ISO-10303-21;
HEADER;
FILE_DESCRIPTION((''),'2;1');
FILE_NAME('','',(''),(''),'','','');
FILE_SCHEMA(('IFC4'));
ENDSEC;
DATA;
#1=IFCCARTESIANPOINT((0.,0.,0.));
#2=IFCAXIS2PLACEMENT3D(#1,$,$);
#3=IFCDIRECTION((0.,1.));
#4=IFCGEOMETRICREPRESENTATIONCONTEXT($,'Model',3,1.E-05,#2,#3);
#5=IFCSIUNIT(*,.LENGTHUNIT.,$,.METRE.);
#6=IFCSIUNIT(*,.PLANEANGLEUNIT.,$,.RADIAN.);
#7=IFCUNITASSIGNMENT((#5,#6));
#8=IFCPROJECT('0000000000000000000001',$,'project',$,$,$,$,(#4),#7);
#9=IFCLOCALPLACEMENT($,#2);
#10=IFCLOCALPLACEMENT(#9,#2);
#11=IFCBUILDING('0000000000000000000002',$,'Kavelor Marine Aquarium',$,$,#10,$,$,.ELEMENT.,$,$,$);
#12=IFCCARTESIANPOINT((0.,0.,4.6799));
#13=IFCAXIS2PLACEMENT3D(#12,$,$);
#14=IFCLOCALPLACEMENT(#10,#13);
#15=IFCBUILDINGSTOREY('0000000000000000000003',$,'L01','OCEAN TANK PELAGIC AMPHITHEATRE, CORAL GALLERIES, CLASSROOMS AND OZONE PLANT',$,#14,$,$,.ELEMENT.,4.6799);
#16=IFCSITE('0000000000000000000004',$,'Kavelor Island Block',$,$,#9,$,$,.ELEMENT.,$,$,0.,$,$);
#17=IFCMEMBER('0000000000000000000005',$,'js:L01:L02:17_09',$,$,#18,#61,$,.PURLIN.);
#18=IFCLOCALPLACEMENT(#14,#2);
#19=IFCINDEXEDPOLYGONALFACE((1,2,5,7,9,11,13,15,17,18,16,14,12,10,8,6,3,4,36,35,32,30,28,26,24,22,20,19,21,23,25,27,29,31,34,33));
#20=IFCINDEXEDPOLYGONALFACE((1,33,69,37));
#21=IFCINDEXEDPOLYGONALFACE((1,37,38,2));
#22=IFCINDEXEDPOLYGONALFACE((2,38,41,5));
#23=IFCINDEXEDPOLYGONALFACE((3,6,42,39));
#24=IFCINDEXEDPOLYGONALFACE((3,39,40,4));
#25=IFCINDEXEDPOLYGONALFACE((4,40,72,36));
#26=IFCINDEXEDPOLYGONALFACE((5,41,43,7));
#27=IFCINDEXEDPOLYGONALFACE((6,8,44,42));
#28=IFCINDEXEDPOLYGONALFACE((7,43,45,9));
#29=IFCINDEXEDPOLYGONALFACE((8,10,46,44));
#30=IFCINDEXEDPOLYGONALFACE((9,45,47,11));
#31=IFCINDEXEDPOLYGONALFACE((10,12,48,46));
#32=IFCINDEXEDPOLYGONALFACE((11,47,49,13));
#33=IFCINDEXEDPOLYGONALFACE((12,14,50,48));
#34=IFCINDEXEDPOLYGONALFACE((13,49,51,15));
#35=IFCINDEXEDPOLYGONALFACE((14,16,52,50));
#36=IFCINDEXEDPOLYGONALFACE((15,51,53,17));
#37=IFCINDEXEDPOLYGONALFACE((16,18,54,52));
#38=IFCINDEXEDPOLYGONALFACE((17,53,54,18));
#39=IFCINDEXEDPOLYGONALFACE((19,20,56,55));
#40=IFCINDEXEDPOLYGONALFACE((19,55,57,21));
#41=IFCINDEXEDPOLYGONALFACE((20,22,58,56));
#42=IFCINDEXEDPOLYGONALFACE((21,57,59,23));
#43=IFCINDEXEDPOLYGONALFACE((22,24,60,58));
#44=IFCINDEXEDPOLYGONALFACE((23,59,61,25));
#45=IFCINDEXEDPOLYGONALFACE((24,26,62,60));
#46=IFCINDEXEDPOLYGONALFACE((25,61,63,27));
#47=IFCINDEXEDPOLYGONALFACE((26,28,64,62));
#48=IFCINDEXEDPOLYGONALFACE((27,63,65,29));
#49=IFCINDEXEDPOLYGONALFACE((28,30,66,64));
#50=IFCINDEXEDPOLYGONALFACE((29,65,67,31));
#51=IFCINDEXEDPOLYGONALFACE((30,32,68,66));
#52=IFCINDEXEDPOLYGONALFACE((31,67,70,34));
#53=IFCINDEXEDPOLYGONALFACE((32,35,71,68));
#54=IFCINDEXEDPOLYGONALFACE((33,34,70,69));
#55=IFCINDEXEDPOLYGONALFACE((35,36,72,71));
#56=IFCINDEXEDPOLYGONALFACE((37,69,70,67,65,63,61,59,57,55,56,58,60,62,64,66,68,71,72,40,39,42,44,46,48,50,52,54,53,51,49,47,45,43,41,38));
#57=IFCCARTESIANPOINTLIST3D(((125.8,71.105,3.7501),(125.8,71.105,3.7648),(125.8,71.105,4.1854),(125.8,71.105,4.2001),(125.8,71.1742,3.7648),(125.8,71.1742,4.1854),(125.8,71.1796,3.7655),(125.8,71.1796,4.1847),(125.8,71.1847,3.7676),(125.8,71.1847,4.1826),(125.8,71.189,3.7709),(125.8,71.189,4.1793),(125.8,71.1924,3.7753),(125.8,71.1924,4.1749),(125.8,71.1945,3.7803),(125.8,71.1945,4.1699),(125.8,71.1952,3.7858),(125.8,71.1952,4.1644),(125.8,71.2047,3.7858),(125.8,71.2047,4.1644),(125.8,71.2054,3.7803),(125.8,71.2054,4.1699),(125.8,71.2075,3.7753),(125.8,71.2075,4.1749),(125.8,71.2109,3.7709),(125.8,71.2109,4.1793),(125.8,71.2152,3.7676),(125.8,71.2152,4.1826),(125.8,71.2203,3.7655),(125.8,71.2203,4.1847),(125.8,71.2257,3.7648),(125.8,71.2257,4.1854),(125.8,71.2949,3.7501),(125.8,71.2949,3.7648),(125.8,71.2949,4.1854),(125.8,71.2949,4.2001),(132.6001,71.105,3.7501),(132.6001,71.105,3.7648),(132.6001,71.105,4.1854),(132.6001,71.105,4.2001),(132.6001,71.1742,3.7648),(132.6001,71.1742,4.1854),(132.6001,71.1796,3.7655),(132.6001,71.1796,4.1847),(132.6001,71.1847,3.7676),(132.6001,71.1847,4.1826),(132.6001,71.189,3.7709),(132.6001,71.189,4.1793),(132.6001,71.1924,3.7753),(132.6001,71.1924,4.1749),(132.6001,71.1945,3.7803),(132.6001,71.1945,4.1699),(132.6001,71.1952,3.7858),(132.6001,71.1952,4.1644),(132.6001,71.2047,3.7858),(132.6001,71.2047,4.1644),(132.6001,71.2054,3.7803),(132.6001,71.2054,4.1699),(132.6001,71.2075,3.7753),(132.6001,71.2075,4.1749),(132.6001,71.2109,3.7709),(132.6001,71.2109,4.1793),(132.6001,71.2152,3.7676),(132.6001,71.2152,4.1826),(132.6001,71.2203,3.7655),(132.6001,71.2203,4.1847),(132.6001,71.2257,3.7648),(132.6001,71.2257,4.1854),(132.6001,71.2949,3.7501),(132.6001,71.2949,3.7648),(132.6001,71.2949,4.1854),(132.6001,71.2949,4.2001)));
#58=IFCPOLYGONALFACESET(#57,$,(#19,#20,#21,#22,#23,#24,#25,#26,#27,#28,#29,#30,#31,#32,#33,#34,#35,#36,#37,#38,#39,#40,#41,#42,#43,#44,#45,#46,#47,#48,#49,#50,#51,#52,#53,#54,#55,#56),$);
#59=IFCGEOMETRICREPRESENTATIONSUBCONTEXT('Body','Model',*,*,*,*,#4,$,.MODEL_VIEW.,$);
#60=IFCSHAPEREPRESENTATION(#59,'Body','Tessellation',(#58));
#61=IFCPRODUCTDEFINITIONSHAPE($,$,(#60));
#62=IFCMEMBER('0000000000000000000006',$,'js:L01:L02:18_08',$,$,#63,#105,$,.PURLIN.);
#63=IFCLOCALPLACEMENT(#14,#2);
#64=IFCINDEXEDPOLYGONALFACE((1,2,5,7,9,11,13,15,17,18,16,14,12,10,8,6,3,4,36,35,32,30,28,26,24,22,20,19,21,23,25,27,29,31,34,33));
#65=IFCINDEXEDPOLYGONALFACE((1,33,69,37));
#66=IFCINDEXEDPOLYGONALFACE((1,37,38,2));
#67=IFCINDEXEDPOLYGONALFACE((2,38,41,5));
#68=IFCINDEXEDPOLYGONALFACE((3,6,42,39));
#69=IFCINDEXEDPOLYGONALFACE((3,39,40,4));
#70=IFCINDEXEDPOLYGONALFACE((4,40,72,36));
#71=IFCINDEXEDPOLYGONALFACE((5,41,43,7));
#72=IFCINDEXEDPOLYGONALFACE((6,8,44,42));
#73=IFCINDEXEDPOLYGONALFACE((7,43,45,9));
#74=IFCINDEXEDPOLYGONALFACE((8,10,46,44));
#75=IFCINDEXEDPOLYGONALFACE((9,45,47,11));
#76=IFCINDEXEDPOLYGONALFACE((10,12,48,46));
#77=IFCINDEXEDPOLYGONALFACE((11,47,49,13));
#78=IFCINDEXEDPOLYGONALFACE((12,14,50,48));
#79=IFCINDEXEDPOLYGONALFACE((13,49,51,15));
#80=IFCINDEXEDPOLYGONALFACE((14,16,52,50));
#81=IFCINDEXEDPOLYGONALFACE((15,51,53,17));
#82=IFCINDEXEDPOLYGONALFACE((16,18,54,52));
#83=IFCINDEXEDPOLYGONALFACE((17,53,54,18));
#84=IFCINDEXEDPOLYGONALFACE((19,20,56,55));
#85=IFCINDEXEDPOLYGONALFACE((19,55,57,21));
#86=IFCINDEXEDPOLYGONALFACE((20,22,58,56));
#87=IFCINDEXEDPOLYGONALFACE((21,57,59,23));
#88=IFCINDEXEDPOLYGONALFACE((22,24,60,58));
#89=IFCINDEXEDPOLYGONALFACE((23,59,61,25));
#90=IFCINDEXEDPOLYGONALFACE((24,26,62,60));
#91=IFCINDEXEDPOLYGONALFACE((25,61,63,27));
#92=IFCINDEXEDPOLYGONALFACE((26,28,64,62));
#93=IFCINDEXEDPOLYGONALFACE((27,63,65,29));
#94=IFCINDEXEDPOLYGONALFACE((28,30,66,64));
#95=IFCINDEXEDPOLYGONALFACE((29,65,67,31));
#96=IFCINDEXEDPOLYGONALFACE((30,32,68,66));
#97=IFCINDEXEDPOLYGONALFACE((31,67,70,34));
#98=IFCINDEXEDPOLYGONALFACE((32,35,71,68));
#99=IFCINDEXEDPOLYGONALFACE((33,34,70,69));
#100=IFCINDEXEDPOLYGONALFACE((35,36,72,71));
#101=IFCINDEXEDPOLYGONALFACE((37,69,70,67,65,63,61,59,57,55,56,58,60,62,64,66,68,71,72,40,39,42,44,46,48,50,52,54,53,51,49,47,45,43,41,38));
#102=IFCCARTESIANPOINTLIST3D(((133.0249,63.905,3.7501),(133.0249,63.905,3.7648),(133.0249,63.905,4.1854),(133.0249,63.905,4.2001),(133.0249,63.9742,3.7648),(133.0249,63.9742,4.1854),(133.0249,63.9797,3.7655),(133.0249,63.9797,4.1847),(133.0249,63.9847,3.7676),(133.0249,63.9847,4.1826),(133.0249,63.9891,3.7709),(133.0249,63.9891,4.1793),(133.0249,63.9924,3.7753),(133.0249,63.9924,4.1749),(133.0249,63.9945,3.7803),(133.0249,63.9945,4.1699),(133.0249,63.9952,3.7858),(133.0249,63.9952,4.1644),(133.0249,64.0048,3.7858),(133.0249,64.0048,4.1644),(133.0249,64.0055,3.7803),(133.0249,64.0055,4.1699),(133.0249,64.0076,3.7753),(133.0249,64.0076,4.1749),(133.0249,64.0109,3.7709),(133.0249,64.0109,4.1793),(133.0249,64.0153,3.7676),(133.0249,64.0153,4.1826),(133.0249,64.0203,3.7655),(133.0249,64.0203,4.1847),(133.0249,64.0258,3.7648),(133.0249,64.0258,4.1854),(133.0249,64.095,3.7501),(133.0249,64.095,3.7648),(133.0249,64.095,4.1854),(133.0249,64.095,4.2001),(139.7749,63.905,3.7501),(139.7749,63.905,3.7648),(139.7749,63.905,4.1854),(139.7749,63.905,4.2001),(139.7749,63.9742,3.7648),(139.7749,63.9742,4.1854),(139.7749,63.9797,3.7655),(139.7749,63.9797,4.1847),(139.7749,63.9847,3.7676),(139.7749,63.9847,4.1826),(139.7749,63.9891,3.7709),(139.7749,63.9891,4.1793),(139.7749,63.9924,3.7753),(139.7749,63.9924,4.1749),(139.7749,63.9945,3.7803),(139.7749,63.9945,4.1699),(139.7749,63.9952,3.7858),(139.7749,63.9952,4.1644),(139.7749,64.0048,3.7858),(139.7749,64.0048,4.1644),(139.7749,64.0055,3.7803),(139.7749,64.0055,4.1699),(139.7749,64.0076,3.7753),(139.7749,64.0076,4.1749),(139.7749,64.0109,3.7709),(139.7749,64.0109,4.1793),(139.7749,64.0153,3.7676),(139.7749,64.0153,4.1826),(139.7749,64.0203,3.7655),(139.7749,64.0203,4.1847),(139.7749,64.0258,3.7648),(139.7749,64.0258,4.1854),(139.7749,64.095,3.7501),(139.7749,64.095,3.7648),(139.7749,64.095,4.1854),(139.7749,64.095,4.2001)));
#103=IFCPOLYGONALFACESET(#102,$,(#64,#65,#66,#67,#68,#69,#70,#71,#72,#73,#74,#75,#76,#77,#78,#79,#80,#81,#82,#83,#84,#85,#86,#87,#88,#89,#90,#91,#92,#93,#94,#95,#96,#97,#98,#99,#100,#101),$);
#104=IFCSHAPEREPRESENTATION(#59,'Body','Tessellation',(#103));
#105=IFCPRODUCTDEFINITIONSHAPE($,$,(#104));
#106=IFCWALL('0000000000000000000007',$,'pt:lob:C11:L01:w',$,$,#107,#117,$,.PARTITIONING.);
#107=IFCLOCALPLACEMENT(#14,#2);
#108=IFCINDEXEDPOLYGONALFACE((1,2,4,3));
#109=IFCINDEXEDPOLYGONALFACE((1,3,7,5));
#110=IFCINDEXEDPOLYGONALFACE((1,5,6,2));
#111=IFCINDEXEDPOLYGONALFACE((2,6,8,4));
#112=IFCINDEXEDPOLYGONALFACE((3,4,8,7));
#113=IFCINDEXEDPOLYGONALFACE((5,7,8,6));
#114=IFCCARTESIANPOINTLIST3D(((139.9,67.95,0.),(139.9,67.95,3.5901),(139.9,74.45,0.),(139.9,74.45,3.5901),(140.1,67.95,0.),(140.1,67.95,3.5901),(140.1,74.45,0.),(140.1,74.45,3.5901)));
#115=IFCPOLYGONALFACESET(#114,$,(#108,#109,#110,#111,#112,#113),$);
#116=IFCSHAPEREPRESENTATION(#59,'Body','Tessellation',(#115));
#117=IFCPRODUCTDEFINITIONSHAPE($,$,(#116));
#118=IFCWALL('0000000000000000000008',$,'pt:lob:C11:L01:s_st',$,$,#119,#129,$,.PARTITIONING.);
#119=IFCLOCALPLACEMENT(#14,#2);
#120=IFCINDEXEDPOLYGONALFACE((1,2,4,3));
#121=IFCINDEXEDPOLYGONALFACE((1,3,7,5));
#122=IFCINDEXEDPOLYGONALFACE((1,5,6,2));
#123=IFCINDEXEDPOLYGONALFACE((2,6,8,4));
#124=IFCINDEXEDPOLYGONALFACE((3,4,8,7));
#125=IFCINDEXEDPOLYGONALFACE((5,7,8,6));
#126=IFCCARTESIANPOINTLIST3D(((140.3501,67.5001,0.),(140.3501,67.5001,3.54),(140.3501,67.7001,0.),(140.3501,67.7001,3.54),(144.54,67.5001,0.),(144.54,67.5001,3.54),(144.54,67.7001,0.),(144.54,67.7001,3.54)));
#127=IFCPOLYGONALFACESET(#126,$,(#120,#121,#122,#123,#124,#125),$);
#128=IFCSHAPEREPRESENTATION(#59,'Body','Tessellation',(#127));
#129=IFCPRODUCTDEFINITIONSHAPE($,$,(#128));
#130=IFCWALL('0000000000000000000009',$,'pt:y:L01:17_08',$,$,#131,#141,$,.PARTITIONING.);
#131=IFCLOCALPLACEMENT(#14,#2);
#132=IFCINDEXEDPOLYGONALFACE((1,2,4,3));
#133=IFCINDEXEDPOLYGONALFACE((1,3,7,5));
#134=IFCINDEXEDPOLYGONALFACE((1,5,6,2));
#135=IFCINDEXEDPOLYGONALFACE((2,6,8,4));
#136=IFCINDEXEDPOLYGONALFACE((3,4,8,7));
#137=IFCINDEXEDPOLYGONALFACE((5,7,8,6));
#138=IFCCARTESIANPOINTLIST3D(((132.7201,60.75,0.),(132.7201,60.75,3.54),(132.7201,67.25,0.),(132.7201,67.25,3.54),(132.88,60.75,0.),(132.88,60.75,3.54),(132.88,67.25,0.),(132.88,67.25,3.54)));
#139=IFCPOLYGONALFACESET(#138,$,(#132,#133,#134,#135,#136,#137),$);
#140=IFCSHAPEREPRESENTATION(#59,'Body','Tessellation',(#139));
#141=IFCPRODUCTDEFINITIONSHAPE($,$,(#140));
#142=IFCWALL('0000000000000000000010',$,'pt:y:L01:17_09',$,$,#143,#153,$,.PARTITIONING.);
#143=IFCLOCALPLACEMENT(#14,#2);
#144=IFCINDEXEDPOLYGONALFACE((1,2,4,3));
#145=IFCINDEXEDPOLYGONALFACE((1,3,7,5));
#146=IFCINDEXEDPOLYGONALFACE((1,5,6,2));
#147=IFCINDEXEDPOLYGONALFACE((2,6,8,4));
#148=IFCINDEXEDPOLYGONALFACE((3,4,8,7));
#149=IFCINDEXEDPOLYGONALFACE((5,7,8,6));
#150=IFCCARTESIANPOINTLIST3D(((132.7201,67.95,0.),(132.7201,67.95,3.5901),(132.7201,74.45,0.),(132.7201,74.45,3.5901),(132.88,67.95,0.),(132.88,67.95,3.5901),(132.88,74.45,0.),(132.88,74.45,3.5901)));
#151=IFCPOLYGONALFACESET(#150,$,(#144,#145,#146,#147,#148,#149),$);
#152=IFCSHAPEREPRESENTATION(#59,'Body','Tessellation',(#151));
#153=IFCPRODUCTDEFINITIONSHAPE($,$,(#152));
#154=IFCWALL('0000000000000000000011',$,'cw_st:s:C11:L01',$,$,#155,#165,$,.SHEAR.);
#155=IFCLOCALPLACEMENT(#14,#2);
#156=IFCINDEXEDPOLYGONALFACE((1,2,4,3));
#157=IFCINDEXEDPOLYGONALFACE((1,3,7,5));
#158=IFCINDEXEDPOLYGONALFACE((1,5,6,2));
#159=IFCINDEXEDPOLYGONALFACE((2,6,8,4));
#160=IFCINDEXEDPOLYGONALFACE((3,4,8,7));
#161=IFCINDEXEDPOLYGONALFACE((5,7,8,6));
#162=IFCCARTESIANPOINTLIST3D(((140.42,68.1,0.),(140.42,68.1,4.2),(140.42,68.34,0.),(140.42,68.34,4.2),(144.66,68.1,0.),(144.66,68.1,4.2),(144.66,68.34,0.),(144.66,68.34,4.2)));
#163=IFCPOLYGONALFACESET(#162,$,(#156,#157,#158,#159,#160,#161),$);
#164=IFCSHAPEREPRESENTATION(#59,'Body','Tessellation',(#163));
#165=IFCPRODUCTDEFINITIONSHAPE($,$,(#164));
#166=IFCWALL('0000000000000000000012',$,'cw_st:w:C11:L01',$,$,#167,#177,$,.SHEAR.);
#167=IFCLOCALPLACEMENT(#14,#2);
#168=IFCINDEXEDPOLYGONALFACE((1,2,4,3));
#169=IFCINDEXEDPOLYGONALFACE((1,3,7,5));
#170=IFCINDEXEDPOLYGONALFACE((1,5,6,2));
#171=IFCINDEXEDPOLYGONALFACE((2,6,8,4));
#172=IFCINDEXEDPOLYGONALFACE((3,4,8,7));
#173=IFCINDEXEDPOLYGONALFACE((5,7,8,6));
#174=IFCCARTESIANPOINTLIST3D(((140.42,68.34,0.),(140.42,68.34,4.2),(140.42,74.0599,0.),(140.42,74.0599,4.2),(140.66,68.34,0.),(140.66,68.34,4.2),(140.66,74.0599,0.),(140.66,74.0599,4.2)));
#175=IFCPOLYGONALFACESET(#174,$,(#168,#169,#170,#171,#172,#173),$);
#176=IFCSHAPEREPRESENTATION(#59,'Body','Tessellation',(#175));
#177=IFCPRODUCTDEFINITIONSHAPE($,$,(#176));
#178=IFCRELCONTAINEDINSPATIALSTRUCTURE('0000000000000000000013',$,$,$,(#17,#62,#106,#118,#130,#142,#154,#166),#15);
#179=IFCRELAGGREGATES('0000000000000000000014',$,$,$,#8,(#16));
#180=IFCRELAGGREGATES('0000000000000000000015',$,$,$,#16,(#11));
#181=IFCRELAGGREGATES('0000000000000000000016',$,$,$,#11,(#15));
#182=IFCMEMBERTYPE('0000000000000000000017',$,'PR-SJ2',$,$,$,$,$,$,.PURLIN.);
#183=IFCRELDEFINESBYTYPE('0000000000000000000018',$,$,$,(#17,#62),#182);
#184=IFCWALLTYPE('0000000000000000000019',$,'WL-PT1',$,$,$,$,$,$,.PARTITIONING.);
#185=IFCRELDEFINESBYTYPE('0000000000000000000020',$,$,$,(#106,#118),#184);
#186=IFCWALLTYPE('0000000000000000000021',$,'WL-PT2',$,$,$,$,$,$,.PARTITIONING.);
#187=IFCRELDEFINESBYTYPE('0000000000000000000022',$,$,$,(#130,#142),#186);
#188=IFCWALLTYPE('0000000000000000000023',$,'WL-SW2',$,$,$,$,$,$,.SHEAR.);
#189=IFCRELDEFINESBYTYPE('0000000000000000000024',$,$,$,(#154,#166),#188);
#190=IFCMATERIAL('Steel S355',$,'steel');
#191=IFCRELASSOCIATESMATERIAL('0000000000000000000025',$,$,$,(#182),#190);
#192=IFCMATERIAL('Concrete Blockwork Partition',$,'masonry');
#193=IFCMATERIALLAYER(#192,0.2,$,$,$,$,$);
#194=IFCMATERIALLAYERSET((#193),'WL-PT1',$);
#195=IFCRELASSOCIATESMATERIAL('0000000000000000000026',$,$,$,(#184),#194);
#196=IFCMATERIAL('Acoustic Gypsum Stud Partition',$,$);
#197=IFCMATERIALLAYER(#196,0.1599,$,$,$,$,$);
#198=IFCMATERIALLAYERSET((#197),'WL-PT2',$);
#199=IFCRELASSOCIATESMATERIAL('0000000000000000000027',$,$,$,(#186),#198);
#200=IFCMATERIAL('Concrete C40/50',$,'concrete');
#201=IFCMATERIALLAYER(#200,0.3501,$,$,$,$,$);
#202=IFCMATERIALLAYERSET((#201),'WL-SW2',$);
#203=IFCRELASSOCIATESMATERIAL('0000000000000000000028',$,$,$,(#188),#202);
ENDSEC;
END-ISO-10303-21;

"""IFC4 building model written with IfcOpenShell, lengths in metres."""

from ifc_helpers import new_model, si_unit, direction, frame, frame_2d, origin, origin_2d, place, context, subcontext, project, spatial, rectangle, i_section, extrude, material, layer, layer_set, material_profile, profile_set, type_object, element, save


model = new_model("IFC4")

# Units and contexts
model_context = context("Model", 3, precision=1e-05, world=origin(), true_north=direction((0.0, 1.0)))
body_context = subcontext(model_context, "Body", "Model", "MODEL_VIEW")
ifc_project = project(units=[si_unit("LENGTHUNIT", "METRE"), si_unit("PLANEANGLEUNIT", "RADIAN")], contexts=[model_context])

# Site, building, storey
site_placement = place(None, origin())
site = spatial("IfcSite", under=ifc_project, at=site_placement, Name="Kavelor Island Block", CompositionType="ELEMENT", RefElevation=0.0)
building_placement = place(site_placement, origin())
building = spatial("IfcBuilding", under=site, at=building_placement, Name="Kavelor Marine Aquarium", CompositionType="ELEMENT")
storey_placement = place(building_placement, frame((0.0, 0.0, 4.6799)))
storey = spatial("IfcBuildingStorey", under=building, at=storey_placement, Name="L01", Description="OCEAN TANK PELAGIC AMPHITHEATRE, CORAL GALLERIES, CLASSROOMS AND OZONE PLANT", CompositionType="ELEMENT", Elevation=4.6799)

# Members
ifc_material_1 = material(Name="Steel S355", Category="steel")
ifc_material_profile_1 = material_profile(ifc_material_1, i_section(OverallWidth=0.1899, OverallDepth=0.45, WebThickness=0.0095, FlangeThickness=0.0146, FilletRadius=0.021, at=origin_2d()), Name="IPE 450")
ifc_profile_set_1 = profile_set([ifc_material_profile_1], Name="Steel S355")
member_type = type_object("IfcMemberType", Name="PR-SJ2", PredefinedType="PURLIN", material=ifc_profile_set_1)
member_1_placement = place(storey_placement, frame((125.8, 71.2, 3.9751), z_axis=(1.0, 0.0, 0.0), x_axis=(0.0, 1.0, 0.0)))
element("IfcMember", 1, at=member_1_placement, inside=storey, type_object=member_type, Name="js:L01:L02:17_09", PredefinedType="PURLIN", context=body_context, shape_type="SweptSolid", body=[
    extrude(i_section(OverallWidth=0.1899, OverallDepth=0.45, WebThickness=0.0095, FlangeThickness=0.0146, FilletRadius=0.021, at=origin_2d()), origin(), (0.0, 0.0, 1.0), 6.8),
])
member_2_placement = place(storey_placement, frame((133.0249, 64.0, 3.9751), z_axis=(1.0, 0.0, 0.0), x_axis=(0.0, 1.0, 0.0)))
element("IfcMember", 2, at=member_2_placement, inside=storey, type_object=member_type, Name="js:L01:L02:18_08", PredefinedType="PURLIN", context=body_context, shape_type="SweptSolid", body=[
    extrude(i_section(OverallWidth=0.1899, OverallDepth=0.45, WebThickness=0.0095, FlangeThickness=0.0146, FilletRadius=0.021, at=origin_2d()), origin(), (0.0, 0.0, 1.0), 6.75),
])

# Walls
ifc_material_2 = material(Name="Concrete Blockwork Partition", Category="masonry")
ifc_layer_1 = layer(ifc_material_2, 0.2)
ifc_layer_set_1 = layer_set([ifc_layer_1], Name="WL-PT1")
wall_type_1 = type_object("IfcWallType", Name="WL-PT1", PredefinedType="PARTITIONING", material=ifc_layer_set_1)
wall_1_placement = place(storey_placement, frame((140.0, 67.95, 0.0), z_axis=(0.0, 0.0, 1.0), x_axis=(0.0, 1.0, 0.0)))
element("IfcWall", 3, at=wall_1_placement, inside=storey, type_object=wall_type_1, Name="pt:lob:C11:L01:w", PredefinedType="PARTITIONING", context=body_context, shape_type="SweptSolid", body=[
    extrude(rectangle(XDim=6.5, YDim=0.2, at=frame_2d((3.25, 0.0))), origin(), (0.0, 0.0, 1.0), 3.5901),
])
wall_2_placement = place(storey_placement, frame((140.3501, 67.6001, 0.0), z_axis=(0.0, 0.0, 1.0), x_axis=(1.0, 0.0, 0.0)))
element("IfcWall", 4, at=wall_2_placement, inside=storey, type_object=wall_type_1, Name="pt:lob:C11:L01:s_st", PredefinedType="PARTITIONING", context=body_context, shape_type="SweptSolid", body=[
    extrude(rectangle(XDim=4.1899, YDim=0.2, at=frame_2d((2.095, 0.0))), origin(), (0.0, 0.0, 1.0), 3.54),
])
ifc_material_3 = material(Name="Acoustic Gypsum Stud Partition")
ifc_layer_2 = layer(ifc_material_3, 0.1599)
ifc_layer_set_2 = layer_set([ifc_layer_2], Name="WL-PT2")
wall_type_2 = type_object("IfcWallType", Name="WL-PT2", PredefinedType="PARTITIONING", material=ifc_layer_set_2)
wall_3_placement = place(storey_placement, frame((132.8, 60.75, 0.0), z_axis=(0.0, 0.0, 1.0), x_axis=(0.0, 1.0, 0.0)))
element("IfcWall", 5, at=wall_3_placement, inside=storey, type_object=wall_type_2, Name="pt:y:L01:17_08", PredefinedType="PARTITIONING", context=body_context, shape_type="SweptSolid", body=[
    extrude(rectangle(XDim=6.5, YDim=0.1599, at=frame_2d((3.25, 0.0))), origin(), (0.0, 0.0, 1.0), 3.54),
])
wall_4_placement = place(storey_placement, frame((132.8, 67.95, 0.0), z_axis=(0.0, 0.0, 1.0), x_axis=(0.0, 1.0, 0.0)))
element("IfcWall", 6, at=wall_4_placement, inside=storey, type_object=wall_type_2, Name="pt:y:L01:17_09", PredefinedType="PARTITIONING", context=body_context, shape_type="SweptSolid", body=[
    extrude(rectangle(XDim=6.5, YDim=0.1599, at=frame_2d((3.25, 0.0))), origin(), (0.0, 0.0, 1.0), 3.5901),
])
ifc_material_4 = material(Name="Concrete C40/50", Category="concrete")
ifc_layer_3 = layer(ifc_material_4, 0.3501)
ifc_layer_set_3 = layer_set([ifc_layer_3], Name="WL-SW2")
wall_type_3 = type_object("IfcWallType", Name="WL-SW2", PredefinedType="SHEAR", material=ifc_layer_set_3)
wall_5_placement = place(storey_placement, frame((140.4199, 68.22, 0.0), z_axis=(0.0, 0.0, 1.0), x_axis=(1.0, 0.0, 0.0)))
element("IfcWall", 7, at=wall_5_placement, inside=storey, type_object=wall_type_3, Name="cw_st:s:C11:L01", PredefinedType="SHEAR", context=body_context, shape_type="SweptSolid", body=[
    extrude(rectangle(XDim=4.24, YDim=0.24, at=frame_2d((2.1201, 0.0))), origin(), (0.0, 0.0, 1.0), 4.2),
])
wall_6_placement = place(storey_placement, frame((140.54, 68.3401, 0.0), z_axis=(0.0, 0.0, 1.0), x_axis=(0.0, 1.0, 0.0)))
element("IfcWall", 8, at=wall_6_placement, inside=storey, type_object=wall_type_3, Name="cw_st:w:C11:L01", PredefinedType="SHEAR", context=body_context, shape_type="SweptSolid", body=[
    extrude(rectangle(XDim=5.72, YDim=0.24, at=frame_2d((2.8599, 0.0))), origin(), (0.0, 0.0, 1.0), 4.2),
])

save(model, "model.ifc")
